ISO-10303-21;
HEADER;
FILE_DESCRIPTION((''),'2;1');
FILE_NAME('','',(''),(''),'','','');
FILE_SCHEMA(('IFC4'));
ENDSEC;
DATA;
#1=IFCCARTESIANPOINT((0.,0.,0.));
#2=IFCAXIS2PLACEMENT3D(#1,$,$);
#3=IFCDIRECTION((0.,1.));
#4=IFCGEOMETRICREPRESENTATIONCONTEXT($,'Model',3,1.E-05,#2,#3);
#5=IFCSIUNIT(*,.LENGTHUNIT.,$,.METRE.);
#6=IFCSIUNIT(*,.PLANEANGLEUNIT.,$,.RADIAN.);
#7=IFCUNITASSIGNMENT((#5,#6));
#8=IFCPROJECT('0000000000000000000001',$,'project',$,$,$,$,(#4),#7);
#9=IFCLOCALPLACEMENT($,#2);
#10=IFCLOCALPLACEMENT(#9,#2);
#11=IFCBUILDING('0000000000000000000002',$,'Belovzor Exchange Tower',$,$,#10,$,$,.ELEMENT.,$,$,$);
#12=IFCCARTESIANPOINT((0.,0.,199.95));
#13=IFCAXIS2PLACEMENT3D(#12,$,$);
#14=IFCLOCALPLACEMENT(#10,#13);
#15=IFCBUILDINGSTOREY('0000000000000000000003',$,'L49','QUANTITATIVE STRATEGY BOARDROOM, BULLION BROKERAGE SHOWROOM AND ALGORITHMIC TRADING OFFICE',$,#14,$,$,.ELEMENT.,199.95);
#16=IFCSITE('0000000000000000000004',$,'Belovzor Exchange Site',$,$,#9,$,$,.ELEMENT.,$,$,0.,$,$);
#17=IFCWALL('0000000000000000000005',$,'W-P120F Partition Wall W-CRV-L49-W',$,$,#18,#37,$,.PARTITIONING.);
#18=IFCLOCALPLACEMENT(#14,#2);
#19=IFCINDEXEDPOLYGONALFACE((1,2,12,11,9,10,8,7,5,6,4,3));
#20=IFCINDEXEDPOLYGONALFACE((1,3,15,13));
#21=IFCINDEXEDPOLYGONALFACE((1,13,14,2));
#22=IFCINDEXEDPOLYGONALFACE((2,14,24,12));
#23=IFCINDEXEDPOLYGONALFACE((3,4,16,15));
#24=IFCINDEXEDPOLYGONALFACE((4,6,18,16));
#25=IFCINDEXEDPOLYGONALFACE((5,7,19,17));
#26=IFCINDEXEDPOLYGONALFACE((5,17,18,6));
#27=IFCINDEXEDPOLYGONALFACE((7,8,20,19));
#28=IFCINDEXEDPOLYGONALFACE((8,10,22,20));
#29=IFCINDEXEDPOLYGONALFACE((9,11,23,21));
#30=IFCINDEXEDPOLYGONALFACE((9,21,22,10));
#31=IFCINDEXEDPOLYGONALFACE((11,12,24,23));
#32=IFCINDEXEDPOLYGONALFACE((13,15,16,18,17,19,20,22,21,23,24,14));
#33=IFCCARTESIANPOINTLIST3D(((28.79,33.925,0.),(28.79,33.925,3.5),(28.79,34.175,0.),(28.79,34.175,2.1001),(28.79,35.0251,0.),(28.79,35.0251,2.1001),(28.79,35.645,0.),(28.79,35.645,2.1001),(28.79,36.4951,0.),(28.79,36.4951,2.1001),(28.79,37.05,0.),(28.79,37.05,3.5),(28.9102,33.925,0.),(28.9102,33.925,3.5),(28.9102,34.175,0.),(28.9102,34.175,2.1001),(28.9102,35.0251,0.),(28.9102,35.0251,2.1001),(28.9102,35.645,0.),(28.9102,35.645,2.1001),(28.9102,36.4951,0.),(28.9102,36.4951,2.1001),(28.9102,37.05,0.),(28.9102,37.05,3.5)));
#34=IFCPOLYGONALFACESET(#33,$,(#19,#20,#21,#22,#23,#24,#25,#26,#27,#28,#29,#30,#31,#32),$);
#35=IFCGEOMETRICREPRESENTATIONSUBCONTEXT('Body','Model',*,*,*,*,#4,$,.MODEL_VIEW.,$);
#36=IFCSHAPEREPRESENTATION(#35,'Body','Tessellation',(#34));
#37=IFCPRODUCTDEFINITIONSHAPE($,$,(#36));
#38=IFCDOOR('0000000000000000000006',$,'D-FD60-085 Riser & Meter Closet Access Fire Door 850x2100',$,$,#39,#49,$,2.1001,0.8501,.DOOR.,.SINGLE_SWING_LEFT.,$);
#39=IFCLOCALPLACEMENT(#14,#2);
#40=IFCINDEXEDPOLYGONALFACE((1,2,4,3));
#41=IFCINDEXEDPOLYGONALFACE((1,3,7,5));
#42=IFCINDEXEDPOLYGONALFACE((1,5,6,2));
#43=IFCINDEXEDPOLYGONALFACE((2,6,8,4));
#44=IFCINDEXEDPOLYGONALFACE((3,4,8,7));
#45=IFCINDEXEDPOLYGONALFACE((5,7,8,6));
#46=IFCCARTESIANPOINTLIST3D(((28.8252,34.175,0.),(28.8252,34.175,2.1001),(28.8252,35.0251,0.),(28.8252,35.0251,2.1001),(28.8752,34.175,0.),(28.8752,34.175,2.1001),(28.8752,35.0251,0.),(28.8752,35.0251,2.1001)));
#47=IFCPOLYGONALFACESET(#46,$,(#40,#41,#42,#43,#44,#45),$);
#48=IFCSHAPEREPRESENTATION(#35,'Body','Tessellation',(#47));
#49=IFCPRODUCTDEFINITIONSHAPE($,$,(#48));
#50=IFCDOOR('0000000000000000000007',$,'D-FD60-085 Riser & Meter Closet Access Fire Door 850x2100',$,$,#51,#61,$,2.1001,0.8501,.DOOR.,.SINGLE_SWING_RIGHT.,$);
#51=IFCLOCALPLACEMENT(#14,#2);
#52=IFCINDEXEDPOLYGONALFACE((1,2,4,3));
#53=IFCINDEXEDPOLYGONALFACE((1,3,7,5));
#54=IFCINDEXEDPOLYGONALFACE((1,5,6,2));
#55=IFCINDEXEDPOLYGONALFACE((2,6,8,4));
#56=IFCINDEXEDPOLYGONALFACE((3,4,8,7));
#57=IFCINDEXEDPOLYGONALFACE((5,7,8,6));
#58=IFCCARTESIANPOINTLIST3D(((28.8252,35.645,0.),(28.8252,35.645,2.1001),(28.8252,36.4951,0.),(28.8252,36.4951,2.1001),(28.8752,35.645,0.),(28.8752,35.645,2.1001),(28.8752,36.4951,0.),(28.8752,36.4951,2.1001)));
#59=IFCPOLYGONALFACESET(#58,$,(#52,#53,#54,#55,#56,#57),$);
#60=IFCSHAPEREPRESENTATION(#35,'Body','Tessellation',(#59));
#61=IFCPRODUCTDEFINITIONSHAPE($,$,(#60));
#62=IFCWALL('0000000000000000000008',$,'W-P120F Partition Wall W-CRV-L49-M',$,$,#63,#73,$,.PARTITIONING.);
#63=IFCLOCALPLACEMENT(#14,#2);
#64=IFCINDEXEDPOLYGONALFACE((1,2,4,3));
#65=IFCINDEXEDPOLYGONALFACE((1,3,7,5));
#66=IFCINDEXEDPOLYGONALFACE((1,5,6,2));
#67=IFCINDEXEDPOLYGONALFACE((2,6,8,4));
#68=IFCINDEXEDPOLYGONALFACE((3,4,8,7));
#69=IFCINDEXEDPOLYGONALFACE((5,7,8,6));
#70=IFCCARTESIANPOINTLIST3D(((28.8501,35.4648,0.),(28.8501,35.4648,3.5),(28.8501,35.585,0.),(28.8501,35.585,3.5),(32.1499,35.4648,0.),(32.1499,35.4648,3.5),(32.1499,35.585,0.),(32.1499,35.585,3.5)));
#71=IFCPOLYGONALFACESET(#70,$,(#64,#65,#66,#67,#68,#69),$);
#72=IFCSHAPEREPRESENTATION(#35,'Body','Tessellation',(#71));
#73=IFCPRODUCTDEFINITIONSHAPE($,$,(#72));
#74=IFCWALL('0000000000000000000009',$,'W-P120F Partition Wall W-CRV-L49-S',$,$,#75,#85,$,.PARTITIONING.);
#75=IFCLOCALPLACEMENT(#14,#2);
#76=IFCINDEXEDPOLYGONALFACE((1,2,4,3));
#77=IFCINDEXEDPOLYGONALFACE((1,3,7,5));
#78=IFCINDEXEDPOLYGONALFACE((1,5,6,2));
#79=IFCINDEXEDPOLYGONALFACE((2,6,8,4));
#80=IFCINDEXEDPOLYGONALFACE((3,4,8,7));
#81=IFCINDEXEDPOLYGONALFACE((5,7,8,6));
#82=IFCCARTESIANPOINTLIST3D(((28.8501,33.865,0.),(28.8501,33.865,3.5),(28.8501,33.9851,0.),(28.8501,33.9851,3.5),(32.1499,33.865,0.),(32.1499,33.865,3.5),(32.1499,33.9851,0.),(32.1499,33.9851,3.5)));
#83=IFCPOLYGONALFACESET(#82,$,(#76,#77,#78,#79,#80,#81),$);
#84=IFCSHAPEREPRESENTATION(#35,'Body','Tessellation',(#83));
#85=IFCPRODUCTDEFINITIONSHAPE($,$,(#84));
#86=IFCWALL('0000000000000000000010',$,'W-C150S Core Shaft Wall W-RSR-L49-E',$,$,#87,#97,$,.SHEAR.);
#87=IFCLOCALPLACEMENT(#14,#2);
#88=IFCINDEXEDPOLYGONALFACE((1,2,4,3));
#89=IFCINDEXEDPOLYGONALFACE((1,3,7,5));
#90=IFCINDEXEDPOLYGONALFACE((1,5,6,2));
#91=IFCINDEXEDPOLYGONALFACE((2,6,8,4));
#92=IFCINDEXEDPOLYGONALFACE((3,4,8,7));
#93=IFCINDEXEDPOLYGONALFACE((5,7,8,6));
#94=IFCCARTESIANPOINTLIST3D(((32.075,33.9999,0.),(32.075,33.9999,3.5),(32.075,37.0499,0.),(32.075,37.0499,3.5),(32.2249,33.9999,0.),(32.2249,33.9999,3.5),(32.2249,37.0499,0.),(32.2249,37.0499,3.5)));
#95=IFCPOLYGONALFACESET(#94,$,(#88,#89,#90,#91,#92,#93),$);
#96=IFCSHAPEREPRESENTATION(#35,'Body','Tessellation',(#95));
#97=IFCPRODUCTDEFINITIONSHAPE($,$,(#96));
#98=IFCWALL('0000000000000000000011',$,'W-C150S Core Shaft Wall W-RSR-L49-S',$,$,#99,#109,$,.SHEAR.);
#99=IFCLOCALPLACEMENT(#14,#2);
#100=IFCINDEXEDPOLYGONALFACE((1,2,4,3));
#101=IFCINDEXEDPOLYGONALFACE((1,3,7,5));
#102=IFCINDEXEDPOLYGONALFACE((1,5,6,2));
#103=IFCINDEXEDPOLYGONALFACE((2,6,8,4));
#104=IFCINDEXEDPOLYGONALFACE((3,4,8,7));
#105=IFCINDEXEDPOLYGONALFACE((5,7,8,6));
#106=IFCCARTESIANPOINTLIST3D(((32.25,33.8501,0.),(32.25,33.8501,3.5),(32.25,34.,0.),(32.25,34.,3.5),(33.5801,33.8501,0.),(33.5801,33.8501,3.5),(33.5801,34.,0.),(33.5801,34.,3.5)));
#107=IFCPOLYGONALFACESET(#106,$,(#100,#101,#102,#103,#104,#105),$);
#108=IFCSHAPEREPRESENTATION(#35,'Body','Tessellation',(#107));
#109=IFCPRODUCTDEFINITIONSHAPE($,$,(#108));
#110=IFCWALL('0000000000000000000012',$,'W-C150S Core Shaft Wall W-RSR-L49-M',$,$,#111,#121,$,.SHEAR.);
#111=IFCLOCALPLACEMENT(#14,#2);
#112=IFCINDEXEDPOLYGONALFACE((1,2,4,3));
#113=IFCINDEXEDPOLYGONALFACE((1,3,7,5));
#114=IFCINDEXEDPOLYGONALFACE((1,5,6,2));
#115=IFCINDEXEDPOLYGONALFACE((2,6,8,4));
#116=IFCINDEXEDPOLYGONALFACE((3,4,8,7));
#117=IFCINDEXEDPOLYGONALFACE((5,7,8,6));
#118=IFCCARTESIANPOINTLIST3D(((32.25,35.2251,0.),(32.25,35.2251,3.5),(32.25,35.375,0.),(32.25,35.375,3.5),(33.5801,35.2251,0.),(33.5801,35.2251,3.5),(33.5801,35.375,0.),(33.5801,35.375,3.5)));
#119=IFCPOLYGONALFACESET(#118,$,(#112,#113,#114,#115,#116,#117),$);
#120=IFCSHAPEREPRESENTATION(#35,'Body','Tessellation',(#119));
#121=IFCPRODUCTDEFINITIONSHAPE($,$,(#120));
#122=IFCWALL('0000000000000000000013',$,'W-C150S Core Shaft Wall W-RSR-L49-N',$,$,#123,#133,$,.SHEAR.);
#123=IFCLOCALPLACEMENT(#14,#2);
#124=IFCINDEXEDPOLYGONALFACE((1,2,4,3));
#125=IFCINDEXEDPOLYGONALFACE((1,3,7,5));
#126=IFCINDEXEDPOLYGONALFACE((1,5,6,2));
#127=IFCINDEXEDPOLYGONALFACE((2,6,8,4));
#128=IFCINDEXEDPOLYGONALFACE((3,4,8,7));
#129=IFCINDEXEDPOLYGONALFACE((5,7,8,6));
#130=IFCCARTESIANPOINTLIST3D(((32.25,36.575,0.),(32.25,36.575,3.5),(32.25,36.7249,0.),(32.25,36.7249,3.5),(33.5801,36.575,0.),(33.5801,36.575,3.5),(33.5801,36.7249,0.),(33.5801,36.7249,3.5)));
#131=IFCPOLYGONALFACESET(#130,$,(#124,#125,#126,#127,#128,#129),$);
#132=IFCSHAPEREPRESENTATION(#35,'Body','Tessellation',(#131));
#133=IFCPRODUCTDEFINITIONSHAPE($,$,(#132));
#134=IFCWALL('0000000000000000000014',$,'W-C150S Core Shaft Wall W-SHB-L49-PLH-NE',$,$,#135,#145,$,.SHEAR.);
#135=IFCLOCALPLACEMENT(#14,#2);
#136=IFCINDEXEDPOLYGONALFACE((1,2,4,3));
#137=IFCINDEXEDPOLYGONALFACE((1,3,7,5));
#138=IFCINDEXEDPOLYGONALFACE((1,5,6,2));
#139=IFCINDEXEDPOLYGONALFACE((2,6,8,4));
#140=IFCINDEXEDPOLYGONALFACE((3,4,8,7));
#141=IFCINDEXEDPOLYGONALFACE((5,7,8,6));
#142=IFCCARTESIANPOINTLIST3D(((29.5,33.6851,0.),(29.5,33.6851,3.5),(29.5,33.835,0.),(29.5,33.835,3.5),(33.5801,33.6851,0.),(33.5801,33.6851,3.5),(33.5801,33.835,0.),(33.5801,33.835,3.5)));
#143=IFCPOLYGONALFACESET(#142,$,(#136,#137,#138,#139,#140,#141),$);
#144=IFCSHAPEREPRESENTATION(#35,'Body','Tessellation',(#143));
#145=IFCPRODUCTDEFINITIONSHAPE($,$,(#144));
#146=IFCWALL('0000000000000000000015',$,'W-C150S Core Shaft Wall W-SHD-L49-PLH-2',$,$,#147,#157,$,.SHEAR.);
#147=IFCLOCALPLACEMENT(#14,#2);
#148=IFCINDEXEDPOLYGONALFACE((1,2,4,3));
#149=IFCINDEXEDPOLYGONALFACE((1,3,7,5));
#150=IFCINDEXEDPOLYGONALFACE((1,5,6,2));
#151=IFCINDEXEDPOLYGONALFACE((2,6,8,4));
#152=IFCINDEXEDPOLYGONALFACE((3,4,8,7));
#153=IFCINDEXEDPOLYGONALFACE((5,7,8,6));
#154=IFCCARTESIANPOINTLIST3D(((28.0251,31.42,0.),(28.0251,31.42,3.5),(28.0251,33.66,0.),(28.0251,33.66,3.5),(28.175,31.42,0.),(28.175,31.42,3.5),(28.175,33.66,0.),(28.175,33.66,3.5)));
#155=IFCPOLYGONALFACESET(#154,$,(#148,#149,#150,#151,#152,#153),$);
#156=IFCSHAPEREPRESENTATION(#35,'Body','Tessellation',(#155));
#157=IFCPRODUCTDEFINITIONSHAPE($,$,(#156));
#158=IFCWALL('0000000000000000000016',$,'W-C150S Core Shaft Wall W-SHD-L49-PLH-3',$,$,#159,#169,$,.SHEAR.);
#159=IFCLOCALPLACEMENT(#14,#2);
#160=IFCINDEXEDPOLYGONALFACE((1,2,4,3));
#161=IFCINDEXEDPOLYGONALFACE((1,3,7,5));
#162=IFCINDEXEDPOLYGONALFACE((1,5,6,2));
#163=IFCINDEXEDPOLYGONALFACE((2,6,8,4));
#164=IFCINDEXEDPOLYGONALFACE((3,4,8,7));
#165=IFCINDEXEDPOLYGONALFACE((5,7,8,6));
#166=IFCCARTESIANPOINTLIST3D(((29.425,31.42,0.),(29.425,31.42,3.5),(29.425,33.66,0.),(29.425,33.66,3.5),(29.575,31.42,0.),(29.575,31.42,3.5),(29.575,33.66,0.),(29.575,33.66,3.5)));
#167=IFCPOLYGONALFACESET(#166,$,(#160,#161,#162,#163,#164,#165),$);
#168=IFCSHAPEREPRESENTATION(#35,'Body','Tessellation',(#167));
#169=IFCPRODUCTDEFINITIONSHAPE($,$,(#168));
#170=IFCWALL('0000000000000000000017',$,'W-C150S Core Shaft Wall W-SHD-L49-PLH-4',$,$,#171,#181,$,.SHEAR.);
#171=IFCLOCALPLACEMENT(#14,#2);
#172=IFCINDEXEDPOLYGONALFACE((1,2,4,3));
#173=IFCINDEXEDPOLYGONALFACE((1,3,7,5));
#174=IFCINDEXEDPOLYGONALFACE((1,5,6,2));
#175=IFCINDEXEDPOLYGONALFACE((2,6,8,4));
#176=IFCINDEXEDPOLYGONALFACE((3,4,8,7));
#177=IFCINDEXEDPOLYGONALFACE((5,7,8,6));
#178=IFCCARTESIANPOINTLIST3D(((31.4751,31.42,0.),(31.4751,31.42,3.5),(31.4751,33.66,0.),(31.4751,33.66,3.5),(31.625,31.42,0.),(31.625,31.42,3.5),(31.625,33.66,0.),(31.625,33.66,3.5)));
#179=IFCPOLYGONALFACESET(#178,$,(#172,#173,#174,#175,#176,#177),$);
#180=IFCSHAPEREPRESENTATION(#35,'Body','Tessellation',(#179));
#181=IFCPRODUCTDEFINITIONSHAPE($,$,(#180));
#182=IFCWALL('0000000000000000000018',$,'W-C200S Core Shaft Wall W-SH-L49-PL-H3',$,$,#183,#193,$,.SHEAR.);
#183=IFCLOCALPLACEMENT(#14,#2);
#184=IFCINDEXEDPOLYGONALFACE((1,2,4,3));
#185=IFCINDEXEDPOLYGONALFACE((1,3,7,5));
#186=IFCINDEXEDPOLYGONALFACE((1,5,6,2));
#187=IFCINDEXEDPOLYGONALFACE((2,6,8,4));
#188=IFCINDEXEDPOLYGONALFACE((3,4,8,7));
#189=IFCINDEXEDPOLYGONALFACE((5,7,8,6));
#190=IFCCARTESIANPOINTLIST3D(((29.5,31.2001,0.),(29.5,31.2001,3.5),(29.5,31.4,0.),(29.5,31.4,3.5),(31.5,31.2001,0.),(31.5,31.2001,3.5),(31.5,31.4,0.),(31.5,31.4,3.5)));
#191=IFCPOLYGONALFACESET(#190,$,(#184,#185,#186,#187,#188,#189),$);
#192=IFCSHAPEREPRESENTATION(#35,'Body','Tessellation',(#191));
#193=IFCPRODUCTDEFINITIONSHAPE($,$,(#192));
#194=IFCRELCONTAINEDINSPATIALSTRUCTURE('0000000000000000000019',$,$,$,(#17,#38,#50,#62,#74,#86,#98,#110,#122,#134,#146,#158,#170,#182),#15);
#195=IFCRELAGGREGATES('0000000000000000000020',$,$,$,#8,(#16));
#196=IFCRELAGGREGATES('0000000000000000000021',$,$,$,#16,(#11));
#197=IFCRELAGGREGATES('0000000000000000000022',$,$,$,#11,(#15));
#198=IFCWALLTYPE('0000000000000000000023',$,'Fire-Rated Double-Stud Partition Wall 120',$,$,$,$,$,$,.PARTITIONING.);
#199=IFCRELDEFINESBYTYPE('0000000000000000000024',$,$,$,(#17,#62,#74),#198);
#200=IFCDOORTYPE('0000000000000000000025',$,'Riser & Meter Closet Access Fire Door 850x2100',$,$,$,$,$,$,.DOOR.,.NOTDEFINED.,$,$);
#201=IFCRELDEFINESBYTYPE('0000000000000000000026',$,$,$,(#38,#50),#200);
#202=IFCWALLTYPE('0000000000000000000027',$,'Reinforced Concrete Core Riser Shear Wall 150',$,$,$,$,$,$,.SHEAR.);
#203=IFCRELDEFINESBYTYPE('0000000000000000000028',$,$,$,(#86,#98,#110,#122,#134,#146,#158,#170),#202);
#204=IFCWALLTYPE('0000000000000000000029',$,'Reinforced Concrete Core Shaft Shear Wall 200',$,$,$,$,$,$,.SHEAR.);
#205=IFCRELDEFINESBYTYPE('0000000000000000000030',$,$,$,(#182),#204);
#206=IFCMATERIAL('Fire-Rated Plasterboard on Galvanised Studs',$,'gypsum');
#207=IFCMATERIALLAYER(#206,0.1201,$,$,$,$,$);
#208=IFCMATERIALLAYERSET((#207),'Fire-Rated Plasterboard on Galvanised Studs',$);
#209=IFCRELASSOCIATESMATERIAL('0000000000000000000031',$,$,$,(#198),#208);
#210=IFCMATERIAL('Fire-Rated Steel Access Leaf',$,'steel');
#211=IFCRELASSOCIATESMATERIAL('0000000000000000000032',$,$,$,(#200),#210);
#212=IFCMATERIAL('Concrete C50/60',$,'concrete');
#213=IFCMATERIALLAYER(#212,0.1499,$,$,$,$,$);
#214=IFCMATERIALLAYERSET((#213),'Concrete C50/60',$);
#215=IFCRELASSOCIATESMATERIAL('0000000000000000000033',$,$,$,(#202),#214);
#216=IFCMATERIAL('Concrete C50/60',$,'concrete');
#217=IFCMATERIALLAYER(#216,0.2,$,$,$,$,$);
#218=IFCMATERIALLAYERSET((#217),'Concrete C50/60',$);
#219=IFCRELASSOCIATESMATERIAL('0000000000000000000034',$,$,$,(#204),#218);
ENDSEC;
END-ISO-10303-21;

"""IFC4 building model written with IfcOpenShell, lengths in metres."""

from ifc_helpers import new_model, si_unit, direction, frame, frame_2d, origin, place, context, subcontext, project, spatial, rectangle, extrude, material, layer, layer_set, type_object, element, fill, save


model = new_model("IFC4")

# Units and contexts
model_context = context("Model", 3, precision=1e-05, world=origin(), true_north=direction((0.0, 1.0)))
body_context = subcontext(model_context, "Body", "Model", "MODEL_VIEW")
ifc_project = project(units=[si_unit("LENGTHUNIT", "METRE"), si_unit("PLANEANGLEUNIT", "RADIAN")], contexts=[model_context])

# Site, building, storey
site_placement = place(None, origin())
site = spatial("IfcSite", under=ifc_project, at=site_placement, Name="Belovzor Exchange Site", CompositionType="ELEMENT", RefElevation=0.0)
building_placement = place(site_placement, origin())
building = spatial("IfcBuilding", under=site, at=building_placement, Name="Belovzor Exchange Tower", CompositionType="ELEMENT")
storey_placement = place(building_placement, frame((0.0, 0.0, 199.95)))
storey = spatial("IfcBuildingStorey", under=building, at=storey_placement, Name="L49", Description="QUANTITATIVE STRATEGY BOARDROOM, BULLION BROKERAGE SHOWROOM AND ALGORITHMIC TRADING OFFICE", CompositionType="ELEMENT", Elevation=199.95)

# Wall, openings, doors
ifc_material_1 = material(Name="Fire-Rated Plasterboard on Galvanised Studs", Category="gypsum")
ifc_layer_1 = layer(ifc_material_1, 0.1201)
ifc_layer_set_1 = layer_set([ifc_layer_1], Name="Fire-Rated Plasterboard on Galvanised Studs")
wall_type_1 = type_object("IfcWallType", Name="Fire-Rated Double-Stud Partition Wall 120", PredefinedType="PARTITIONING", material=ifc_layer_set_1)
wall_1_placement = place(storey_placement, frame((28.8501, 33.925, 0.0), z_axis=(0.0, 0.0, 1.0), x_axis=(0.0, 1.0, 0.0)))
wall_1 = element("IfcWall", 1, at=wall_1_placement, inside=storey, type_object=wall_type_1, Name="W-P120F Partition Wall W-CRV-L49-W", PredefinedType="PARTITIONING", context=body_context, shape_type="SweptSolid", body=[
    extrude(rectangle(XDim=3.125, YDim=0.1201, at=frame_2d((1.5625, 0.0))), origin(), (0.0, 0.0, 1.0), 3.5),
])
opening_1_placement = place(wall_1_placement, frame((0.25, 0.0, 0.0)))
opening_1 = element("IfcOpeningElement", 2, at=opening_1_placement, cuts=wall_1, PredefinedType="OPENING", context=body_context, shape_type="SweptSolid", body=[
    extrude(rectangle(XDim=0.8501, YDim=2.1001, at=frame_2d((0.425, 1.05))), frame((0.0, 0.0701, 0.0), z_axis=(0.0, -1.0, 0.0), x_axis=(1.0, 0.0, 0.0)), (0.0, 0.0, 1.0), 0.1401),
])
opening_2_placement = place(wall_1_placement, frame((1.72, 0.0, 0.0)))
opening_2 = element("IfcOpeningElement", 3, at=opening_2_placement, cuts=wall_1, PredefinedType="OPENING", context=body_context, shape_type="SweptSolid", body=[
    extrude(rectangle(XDim=0.8501, YDim=2.1001, at=frame_2d((0.425, 1.05))), frame((0.0, 0.0701, 0.0), z_axis=(0.0, -1.0, 0.0), x_axis=(1.0, 0.0, 0.0)), (0.0, 0.0, 1.0), 0.1401),
])
ifc_material_2 = material(Name="Fire-Rated Steel Access Leaf", Category="steel")
door_type = type_object("IfcDoorType", Name="Riser & Meter Closet Access Fire Door 850x2100", OperationType="NOTDEFINED", PredefinedType="DOOR", material=ifc_material_2)
door_1_placement = place(opening_1_placement, origin())
door_1 = element("IfcDoor", 4, at=door_1_placement, inside=storey, type_object=door_type, Name="D-FD60-085 Riser & Meter Closet Access Fire Door 850x2100", OperationType="SINGLE_SWING_LEFT", OverallHeight=2.1001, OverallWidth=0.8501, PredefinedType="DOOR", context=body_context, shape_type="SweptSolid", body=[
    extrude(rectangle(XDim=0.8501, YDim=2.1001, at=frame_2d((0.425, 1.05))), frame((0.0, 0.0249, 0.0), z_axis=(0.0, -1.0, 0.0), x_axis=(1.0, 0.0, 0.0)), (0.0, 0.0, 1.0), 0.05),
])
fill(opening_1, door_1)
door_2_placement = place(opening_2_placement, origin())
door_2 = element("IfcDoor", 5, at=door_2_placement, inside=storey, type_object=door_type, Name="D-FD60-085 Riser & Meter Closet Access Fire Door 850x2100", OperationType="SINGLE_SWING_RIGHT", OverallHeight=2.1001, OverallWidth=0.8501, PredefinedType="DOOR", context=body_context, shape_type="SweptSolid", body=[
    extrude(rectangle(XDim=0.8501, YDim=2.1001, at=frame_2d((0.425, 1.05))), frame((0.0, 0.0249, 0.0), z_axis=(0.0, -1.0, 0.0), x_axis=(1.0, 0.0, 0.0)), (0.0, 0.0, 1.0), 0.05),
])
fill(opening_2, door_2)

# Walls
for number, where, z_axis, x_axis, name in (
    (6, (28.8501, 35.5249, 0.0), (0.0, 0.0, 1.0), (1.0, 0.0, 0.0), "W-P120F Partition Wall W-CRV-L49-M"),
    (7, (28.8501, 33.925, 0.0), (0.0, 0.0, 1.0), (1.0, 0.0, 0.0), "W-P120F Partition Wall W-CRV-L49-S"),
):
    element("IfcWall", number, at=place(storey_placement, frame(where, z_axis=z_axis, x_axis=x_axis)), inside=storey, type_object=wall_type_1, Name=name, PredefinedType="PARTITIONING", context=body_context, shape_type="SweptSolid", body=[
        extrude(rectangle(XDim=3.2998, YDim=0.1201, at=frame_2d((1.6499, 0.0))), origin(), (0.0, 0.0, 1.0), 3.5),
    ])
ifc_material_3 = material(Name="Concrete C50/60", Category="concrete")
ifc_layer_2 = layer(ifc_material_3, 0.1499)
ifc_layer_set_2 = layer_set([ifc_layer_2], Name="Concrete C50/60")
wall_type_2 = type_object("IfcWallType", Name="Reinforced Concrete Core Riser Shear Wall 150", PredefinedType="SHEAR", material=ifc_layer_set_2)
wall_2_placement = place(storey_placement, frame((32.1499, 34.0, 0.0), z_axis=(0.0, 0.0, 1.0), x_axis=(0.0, 1.0, 0.0)))
element("IfcWall", 8, at=wall_2_placement, inside=storey, type_object=wall_type_2, Name="W-C150S Core Shaft Wall W-RSR-L49-E", PredefinedType="SHEAR", context=body_context, shape_type="SweptSolid", body=[
    extrude(rectangle(XDim=3.05, YDim=0.1499, at=frame_2d((1.5249, 0.0))), origin(), (0.0, 0.0, 1.0), 3.5),
])
for number, where, z_axis, x_axis, name in (
    (9, (32.25, 33.925, 0.0), (0.0, 0.0, 1.0), (1.0, 0.0, 0.0), "W-C150S Core Shaft Wall W-RSR-L49-S"),
    (10, (32.25, 35.3, 0.0), (0.0, 0.0, 1.0), (1.0, 0.0, 0.0), "W-C150S Core Shaft Wall W-RSR-L49-M"),
    (11, (32.25, 36.6499, 0.0), (0.0, 0.0, 1.0), (1.0, 0.0, 0.0), "W-C150S Core Shaft Wall W-RSR-L49-N"),
):
    element("IfcWall", number, at=place(storey_placement, frame(where, z_axis=z_axis, x_axis=x_axis)), inside=storey, type_object=wall_type_2, Name=name, PredefinedType="SHEAR", context=body_context, shape_type="SweptSolid", body=[
        extrude(rectangle(XDim=1.3301, YDim=0.1499, at=frame_2d((0.665, 0.0))), origin(), (0.0, 0.0, 1.0), 3.5),
    ])
wall_3_placement = place(storey_placement, frame((29.5, 33.76, 0.0), z_axis=(0.0, 0.0, 1.0), x_axis=(1.0, 0.0, 0.0)))
element("IfcWall", 12, at=wall_3_placement, inside=storey, type_object=wall_type_2, Name="W-C150S Core Shaft Wall W-SHB-L49-PLH-NE", PredefinedType="SHEAR", context=body_context, shape_type="SweptSolid", body=[
    extrude(rectangle(XDim=4.0801, YDim=0.1499, at=frame_2d((2.04, 0.0))), origin(), (0.0, 0.0, 1.0), 3.5),
])
for number, where, z_axis, x_axis, name in (
    (13, (28.1001, 31.4199, 0.0), (0.0, 0.0, 1.0), (0.0, 1.0, 0.0), "W-C150S Core Shaft Wall W-SHD-L49-PLH-2"),
    (14, (29.5, 31.4199, 0.0), (0.0, 0.0, 1.0), (0.0, 1.0, 0.0), "W-C150S Core Shaft Wall W-SHD-L49-PLH-3"),
    (15, (31.55, 31.4199, 0.0), (0.0, 0.0, 1.0), (0.0, 1.0, 0.0), "W-C150S Core Shaft Wall W-SHD-L49-PLH-4"),
):
    element("IfcWall", number, at=place(storey_placement, frame(where, z_axis=z_axis, x_axis=x_axis)), inside=storey, type_object=wall_type_2, Name=name, PredefinedType="SHEAR", context=body_context, shape_type="SweptSolid", body=[
        extrude(rectangle(XDim=2.24, YDim=0.1499, at=frame_2d((1.1201, 0.0))), origin(), (0.0, 0.0, 1.0), 3.5),
    ])
ifc_material_4 = material(Name="Concrete C50/60", Category="concrete")
ifc_layer_3 = layer(ifc_material_4, 0.2)
ifc_layer_set_3 = layer_set([ifc_layer_3], Name="Concrete C50/60")
wall_type_3 = type_object("IfcWallType", Name="Reinforced Concrete Core Shaft Shear Wall 200", PredefinedType="SHEAR", material=ifc_layer_set_3)
for number, where, z_axis, x_axis, name in (
    (16, (29.5, 31.3, 0.0), (0.0, 0.0, 1.0), (1.0, 0.0, 0.0), "W-C200S Core Shaft Wall W-SH-L49-PL-H3"),
):
    element("IfcWall", number, at=place(storey_placement, frame(where, z_axis=z_axis, x_axis=x_axis)), inside=storey, type_object=wall_type_3, Name=name, PredefinedType="SHEAR", context=body_context, shape_type="SweptSolid", body=[
        extrude(rectangle(XDim=2.0, YDim=0.2, at=frame_2d((1.0, 0.0))), origin(), (0.0, 0.0, 1.0), 3.5),
    ])

save(model, "model.ifc")
